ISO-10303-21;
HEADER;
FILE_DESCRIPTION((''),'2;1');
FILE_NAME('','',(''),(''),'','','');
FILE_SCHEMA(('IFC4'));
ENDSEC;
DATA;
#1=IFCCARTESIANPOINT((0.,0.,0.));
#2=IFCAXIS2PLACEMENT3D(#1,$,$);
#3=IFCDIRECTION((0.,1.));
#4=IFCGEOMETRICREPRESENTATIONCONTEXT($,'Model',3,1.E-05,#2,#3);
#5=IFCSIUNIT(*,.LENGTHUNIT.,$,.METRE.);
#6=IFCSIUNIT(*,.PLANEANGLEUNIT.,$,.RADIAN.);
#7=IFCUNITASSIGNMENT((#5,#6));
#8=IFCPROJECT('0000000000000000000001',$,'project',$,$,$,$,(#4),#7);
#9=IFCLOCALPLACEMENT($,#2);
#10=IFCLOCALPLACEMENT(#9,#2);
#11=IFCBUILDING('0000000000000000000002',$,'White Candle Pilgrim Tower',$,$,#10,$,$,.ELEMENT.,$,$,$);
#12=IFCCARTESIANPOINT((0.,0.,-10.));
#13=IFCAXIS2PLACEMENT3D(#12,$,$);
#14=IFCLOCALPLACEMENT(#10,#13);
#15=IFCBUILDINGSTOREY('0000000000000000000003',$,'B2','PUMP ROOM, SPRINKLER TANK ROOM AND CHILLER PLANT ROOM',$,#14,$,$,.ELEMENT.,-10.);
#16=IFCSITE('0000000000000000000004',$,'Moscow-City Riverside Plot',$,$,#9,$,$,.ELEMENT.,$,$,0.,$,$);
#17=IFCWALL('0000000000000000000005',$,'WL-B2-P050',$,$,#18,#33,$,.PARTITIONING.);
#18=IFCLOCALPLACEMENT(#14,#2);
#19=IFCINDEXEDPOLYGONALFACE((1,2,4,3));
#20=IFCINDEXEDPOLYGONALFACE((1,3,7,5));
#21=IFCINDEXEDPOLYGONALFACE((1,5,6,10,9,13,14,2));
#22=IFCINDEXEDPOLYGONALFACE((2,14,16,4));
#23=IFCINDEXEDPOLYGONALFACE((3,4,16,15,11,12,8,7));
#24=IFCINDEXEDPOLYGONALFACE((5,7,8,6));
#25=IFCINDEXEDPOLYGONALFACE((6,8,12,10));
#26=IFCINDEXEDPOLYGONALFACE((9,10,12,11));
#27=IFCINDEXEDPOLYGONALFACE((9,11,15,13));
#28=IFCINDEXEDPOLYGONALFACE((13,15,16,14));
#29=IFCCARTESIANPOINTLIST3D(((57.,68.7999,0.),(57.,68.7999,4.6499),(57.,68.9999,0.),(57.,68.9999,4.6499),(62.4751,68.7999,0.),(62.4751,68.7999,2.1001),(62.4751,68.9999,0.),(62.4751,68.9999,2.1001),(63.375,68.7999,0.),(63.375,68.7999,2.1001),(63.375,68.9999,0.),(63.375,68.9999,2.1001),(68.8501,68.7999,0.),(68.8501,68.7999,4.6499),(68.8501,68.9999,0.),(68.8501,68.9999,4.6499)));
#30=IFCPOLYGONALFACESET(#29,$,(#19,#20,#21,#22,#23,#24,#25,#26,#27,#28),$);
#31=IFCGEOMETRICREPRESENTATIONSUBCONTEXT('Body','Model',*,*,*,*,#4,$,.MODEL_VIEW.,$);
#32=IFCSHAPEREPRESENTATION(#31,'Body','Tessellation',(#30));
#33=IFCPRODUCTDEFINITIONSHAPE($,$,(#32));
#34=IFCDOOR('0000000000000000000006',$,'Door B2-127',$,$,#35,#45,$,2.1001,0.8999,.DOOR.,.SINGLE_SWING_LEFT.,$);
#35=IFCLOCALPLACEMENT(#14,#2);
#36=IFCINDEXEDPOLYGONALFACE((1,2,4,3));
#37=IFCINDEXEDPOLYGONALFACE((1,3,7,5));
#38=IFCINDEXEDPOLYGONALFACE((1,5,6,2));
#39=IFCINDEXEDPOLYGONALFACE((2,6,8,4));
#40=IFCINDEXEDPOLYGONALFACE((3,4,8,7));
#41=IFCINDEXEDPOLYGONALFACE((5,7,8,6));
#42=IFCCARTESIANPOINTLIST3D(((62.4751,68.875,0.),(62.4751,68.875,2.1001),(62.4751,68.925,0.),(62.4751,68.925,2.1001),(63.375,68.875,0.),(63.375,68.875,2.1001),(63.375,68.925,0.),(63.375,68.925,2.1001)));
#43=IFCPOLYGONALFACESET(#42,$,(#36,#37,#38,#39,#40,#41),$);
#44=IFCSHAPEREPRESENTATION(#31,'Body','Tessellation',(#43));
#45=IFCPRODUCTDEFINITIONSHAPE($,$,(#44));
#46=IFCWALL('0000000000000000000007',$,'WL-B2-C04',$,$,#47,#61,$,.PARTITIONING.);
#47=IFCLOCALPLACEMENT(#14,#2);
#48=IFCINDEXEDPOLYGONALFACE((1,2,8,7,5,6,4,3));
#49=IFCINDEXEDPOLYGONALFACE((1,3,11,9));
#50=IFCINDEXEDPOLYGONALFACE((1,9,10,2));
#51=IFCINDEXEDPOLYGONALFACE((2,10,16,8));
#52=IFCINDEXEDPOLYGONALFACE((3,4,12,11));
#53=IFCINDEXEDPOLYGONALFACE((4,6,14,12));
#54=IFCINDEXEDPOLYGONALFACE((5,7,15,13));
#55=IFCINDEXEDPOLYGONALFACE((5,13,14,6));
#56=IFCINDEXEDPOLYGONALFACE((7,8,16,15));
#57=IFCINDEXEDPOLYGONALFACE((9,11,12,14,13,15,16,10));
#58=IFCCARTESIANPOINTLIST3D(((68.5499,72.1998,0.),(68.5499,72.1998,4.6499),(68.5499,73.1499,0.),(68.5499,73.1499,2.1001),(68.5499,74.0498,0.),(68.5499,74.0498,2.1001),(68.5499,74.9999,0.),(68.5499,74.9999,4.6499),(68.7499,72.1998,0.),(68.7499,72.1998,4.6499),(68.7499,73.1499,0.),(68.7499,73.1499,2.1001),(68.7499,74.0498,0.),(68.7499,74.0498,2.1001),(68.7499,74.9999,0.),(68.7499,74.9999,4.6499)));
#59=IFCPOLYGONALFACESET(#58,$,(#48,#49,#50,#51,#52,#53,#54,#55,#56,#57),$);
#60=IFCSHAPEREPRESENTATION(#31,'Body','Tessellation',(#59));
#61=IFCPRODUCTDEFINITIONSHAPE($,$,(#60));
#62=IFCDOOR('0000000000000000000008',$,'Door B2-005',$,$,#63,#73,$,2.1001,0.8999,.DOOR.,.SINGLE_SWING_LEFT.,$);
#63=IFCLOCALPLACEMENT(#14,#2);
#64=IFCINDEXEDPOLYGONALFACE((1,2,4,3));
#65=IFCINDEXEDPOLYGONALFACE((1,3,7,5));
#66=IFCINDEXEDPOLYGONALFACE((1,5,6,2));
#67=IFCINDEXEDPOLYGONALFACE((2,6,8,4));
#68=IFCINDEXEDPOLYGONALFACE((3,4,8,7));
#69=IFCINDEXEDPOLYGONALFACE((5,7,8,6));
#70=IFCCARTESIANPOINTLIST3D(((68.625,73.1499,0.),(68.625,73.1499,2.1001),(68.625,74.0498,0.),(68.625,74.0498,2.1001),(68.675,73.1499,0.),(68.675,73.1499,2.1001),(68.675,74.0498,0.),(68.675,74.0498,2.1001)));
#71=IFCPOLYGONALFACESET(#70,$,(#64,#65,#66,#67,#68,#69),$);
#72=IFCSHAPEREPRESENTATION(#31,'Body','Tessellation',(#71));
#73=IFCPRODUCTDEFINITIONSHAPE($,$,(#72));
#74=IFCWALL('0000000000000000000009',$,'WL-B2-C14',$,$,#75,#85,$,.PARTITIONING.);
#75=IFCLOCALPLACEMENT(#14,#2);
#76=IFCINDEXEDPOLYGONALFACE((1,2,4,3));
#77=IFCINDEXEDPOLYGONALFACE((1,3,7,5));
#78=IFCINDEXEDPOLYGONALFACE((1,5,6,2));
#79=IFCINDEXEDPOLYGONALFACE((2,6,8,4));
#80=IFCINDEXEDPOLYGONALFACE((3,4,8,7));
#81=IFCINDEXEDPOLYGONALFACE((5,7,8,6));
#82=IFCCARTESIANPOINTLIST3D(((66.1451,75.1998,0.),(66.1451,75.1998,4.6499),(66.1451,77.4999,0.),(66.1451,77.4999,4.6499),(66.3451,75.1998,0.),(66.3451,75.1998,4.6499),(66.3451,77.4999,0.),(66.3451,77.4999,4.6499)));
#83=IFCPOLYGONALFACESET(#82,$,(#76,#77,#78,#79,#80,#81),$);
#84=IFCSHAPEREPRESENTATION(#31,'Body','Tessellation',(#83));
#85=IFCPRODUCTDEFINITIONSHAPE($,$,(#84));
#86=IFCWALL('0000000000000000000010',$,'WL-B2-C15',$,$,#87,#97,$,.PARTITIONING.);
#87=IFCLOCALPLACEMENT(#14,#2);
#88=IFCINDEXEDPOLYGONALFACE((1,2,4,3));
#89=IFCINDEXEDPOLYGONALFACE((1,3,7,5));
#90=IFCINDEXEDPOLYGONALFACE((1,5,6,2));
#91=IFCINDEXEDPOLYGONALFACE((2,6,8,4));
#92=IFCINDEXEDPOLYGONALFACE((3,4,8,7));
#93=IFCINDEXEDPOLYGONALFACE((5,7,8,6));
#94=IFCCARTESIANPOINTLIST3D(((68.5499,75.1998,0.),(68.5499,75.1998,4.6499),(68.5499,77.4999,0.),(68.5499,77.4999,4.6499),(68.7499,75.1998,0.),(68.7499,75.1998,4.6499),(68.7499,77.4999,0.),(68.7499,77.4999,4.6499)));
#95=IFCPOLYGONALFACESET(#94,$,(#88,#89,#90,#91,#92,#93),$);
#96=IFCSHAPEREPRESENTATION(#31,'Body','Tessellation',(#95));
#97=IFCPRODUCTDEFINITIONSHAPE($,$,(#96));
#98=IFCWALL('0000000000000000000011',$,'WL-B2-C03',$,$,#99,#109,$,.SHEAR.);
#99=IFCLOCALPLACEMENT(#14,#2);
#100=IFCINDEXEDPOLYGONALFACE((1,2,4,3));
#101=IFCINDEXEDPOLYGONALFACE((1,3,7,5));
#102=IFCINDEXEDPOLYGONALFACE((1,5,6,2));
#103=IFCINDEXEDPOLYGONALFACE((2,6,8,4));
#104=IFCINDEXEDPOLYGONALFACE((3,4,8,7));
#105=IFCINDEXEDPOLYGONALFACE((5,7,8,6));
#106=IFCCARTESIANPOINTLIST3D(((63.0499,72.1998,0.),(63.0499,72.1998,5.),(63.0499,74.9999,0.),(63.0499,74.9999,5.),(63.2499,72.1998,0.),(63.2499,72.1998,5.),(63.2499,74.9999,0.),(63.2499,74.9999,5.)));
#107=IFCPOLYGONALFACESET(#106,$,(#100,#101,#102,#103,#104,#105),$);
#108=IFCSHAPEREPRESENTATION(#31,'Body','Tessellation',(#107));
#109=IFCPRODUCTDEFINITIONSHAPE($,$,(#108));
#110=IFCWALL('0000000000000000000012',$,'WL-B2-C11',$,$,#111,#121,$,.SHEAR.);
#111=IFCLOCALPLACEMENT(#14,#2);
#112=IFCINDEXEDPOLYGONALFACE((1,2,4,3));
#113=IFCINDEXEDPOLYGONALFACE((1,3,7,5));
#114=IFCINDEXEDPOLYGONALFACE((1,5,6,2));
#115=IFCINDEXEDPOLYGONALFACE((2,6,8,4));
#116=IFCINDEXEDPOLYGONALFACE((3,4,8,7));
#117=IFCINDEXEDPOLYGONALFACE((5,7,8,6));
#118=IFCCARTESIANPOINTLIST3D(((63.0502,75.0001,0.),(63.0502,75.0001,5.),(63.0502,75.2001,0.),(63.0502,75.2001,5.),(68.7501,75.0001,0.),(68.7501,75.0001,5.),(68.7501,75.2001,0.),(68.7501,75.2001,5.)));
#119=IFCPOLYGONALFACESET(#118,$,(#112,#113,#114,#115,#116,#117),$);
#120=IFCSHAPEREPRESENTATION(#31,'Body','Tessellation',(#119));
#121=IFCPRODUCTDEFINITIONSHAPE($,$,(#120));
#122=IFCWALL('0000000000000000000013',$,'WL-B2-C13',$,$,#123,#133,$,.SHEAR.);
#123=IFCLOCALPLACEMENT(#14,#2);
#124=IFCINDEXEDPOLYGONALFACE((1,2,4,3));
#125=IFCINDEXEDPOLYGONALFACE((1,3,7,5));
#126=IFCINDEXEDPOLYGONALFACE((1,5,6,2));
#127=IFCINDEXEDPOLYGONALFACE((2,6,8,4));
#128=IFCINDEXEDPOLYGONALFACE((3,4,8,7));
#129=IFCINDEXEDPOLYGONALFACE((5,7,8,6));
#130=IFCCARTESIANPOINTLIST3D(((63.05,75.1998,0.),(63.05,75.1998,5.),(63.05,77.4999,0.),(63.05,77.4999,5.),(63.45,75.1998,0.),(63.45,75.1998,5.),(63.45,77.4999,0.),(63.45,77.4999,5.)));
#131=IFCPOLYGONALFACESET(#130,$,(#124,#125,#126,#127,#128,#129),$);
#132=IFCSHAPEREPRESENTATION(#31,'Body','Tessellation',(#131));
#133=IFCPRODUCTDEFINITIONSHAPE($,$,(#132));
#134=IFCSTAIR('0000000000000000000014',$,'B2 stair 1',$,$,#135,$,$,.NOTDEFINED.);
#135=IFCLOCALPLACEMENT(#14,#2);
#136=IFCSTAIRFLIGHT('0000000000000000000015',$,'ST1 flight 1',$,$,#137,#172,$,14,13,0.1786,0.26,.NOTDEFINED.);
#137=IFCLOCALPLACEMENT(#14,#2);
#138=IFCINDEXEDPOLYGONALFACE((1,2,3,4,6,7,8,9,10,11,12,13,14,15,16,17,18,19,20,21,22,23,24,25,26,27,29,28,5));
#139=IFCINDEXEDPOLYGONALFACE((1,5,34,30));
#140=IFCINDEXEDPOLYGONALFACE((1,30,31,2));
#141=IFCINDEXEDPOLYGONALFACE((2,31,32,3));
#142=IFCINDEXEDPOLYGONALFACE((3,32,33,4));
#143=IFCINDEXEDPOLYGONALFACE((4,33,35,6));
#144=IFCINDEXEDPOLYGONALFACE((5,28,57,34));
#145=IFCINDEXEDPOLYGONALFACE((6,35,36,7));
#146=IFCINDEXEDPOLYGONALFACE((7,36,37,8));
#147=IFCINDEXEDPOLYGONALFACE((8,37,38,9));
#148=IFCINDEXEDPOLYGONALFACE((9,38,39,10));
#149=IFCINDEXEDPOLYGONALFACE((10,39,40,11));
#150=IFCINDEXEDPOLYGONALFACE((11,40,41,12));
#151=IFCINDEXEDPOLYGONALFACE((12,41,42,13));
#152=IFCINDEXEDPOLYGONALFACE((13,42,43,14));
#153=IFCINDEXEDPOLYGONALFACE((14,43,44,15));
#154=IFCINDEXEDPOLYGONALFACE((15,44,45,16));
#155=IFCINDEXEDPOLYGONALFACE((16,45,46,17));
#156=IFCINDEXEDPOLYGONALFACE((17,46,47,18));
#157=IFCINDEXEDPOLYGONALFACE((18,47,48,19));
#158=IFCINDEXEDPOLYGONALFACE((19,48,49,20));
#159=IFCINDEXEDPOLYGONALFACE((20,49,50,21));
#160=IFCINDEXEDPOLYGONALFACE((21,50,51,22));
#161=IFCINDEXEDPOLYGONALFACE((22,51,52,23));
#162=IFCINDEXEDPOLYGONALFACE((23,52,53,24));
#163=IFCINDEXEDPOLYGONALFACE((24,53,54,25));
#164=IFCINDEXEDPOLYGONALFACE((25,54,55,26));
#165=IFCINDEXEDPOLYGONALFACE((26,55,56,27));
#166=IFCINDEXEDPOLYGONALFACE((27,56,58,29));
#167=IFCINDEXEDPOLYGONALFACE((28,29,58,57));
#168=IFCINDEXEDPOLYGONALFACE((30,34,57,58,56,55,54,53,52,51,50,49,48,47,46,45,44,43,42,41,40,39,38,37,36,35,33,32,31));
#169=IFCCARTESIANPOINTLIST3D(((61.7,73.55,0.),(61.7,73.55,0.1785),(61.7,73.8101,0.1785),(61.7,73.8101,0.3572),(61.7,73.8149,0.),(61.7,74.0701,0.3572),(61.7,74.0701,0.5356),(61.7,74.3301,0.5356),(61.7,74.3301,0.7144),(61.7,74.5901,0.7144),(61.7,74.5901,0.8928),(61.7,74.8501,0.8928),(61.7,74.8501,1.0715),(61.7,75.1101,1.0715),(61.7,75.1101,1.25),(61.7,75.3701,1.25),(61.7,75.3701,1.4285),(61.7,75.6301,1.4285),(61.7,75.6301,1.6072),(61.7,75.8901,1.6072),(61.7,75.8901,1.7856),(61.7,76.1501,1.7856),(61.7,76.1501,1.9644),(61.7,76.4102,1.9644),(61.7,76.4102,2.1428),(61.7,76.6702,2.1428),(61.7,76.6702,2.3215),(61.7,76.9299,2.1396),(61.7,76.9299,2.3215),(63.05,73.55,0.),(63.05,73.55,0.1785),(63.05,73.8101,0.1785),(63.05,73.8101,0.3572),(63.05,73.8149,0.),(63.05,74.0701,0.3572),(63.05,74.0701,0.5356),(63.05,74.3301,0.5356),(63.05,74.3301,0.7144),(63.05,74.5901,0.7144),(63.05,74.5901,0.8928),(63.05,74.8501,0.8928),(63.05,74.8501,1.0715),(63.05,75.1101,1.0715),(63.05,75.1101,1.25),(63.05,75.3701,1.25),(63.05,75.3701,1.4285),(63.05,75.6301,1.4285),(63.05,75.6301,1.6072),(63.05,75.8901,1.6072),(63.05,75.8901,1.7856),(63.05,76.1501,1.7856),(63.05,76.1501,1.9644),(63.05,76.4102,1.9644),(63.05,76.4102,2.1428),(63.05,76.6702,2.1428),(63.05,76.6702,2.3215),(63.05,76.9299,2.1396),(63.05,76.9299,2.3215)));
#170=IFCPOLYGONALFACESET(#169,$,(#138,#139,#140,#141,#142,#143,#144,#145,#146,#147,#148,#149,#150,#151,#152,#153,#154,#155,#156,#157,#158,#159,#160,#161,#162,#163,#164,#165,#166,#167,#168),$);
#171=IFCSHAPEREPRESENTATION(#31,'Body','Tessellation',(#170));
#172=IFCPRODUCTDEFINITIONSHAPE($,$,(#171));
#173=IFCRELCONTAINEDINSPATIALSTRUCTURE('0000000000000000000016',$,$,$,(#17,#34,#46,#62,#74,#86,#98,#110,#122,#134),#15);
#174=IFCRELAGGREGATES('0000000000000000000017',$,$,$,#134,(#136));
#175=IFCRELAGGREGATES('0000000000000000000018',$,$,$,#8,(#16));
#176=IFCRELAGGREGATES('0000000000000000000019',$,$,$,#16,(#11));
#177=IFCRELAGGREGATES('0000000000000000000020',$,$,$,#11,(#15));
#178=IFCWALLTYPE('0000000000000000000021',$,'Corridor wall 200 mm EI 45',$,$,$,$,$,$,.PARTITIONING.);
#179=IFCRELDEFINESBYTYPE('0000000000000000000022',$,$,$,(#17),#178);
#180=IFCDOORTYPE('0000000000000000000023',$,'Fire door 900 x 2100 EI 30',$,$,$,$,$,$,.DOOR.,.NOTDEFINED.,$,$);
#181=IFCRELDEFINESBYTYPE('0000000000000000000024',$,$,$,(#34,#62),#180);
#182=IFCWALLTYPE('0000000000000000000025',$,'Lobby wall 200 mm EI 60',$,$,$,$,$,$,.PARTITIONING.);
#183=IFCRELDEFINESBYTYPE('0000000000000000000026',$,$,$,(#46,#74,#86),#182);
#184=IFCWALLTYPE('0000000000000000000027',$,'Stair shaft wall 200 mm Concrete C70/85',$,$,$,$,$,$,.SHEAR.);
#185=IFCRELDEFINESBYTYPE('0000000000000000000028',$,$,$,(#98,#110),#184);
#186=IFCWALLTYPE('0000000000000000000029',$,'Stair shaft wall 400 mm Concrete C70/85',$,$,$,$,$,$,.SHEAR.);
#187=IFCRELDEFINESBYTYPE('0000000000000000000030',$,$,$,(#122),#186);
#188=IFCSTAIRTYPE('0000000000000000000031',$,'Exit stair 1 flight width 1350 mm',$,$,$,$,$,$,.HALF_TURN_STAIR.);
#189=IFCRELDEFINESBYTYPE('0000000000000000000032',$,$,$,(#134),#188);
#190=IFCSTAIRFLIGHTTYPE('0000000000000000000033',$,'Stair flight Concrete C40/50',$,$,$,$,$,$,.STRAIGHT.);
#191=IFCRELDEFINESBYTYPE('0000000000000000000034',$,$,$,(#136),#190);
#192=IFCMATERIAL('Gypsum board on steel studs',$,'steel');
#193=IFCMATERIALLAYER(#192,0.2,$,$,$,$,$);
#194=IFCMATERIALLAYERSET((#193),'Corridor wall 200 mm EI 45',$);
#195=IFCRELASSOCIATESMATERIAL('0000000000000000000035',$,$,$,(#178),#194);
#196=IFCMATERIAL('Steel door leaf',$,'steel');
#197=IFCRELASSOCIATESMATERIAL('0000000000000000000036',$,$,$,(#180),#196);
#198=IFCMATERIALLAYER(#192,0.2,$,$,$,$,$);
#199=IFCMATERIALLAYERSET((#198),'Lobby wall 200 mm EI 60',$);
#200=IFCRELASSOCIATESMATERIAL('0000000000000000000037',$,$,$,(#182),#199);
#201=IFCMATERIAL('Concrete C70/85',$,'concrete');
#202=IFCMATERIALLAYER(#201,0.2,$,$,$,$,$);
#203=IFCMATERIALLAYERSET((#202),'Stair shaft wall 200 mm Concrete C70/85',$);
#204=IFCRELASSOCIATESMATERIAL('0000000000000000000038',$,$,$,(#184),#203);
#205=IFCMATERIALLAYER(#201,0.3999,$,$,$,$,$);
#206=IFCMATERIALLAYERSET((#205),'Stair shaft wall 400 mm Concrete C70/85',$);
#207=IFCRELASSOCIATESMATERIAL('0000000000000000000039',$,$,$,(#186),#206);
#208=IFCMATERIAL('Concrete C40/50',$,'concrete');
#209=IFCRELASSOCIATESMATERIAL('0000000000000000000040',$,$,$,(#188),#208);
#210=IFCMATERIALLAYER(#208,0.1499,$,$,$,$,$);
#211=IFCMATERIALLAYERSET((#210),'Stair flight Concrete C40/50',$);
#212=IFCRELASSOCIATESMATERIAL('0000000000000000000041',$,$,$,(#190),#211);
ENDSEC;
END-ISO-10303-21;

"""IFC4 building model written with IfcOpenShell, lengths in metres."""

from ifc_helpers import new_model, si_unit, direction, frame, frame_2d, origin, place, context, subcontext, project, spatial, polyline, rectangle, outline, extrude, material, layer, layer_set, type_object, element, fill, aggregate, save


model = new_model("IFC4")

# Units and contexts
model_context = context("Model", 3, precision=1e-05, world=origin(), true_north=direction((0.0, 1.0)))
body_context = subcontext(model_context, "Body", "Model", "MODEL_VIEW")
ifc_project = project(units=[si_unit("LENGTHUNIT", "METRE"), si_unit("PLANEANGLEUNIT", "RADIAN")], contexts=[model_context])

# Site, building, storey
site_placement = place(None, origin())
site = spatial("IfcSite", under=ifc_project, at=site_placement, Name="Moscow-City Riverside Plot", CompositionType="ELEMENT", RefElevation=0.0)
building_placement = place(site_placement, origin())
building = spatial("IfcBuilding", under=site, at=building_placement, Name="White Candle Pilgrim Tower", CompositionType="ELEMENT")
storey_placement = place(building_placement, frame((0.0, 0.0, -10.0)))
storey = spatial("IfcBuildingStorey", under=building, at=storey_placement, Name="B2", Description="PUMP ROOM, SPRINKLER TANK ROOM AND CHILLER PLANT ROOM", CompositionType="ELEMENT", Elevation=-10.0)

# Shared definitions
ifc_material_1 = material(Name="Concrete C40/50", Category="concrete")

# Shared definitions
ifc_material_2 = material(Name="Gypsum board on steel studs", Category="steel")
ifc_layer_1 = layer(ifc_material_2, 0.2)
ifc_layer_set_1 = layer_set([ifc_layer_1], Name="Corridor wall 200 mm EI 45")
wall_type_1 = type_object("IfcWallType", Name="Corridor wall 200 mm EI 45", PredefinedType="PARTITIONING", material=ifc_layer_set_1)

# Walls, openings, doors
wall_1_placement = place(storey_placement, frame((68.8501, 68.8999, 0.0), z_axis=(0.0, 0.0, 1.0), x_axis=(-1.0, 0.0, 0.0)))
wall_1 = element("IfcWall", 1, at=wall_1_placement, inside=storey, type_object=wall_type_1, Name="WL-B2-P050", PredefinedType="PARTITIONING", context=body_context, shape_type="SweptSolid", body=[
    extrude(rectangle(XDim=11.8501, YDim=0.2, at=frame_2d((5.925, 0.0))), origin(), (0.0, 0.0, 1.0), 4.6499),
])
opening_1_placement = place(wall_1_placement, frame((5.4751, 0.0, 0.0)))
opening_1 = element("IfcOpeningElement", 2, at=opening_1_placement, cuts=wall_1, PredefinedType="OPENING", context=body_context, shape_type="SweptSolid", body=[
    extrude(rectangle(XDim=0.8999, YDim=2.1001, at=frame_2d((0.45, 1.05))), frame((0.0, 0.1099, 0.0), z_axis=(0.0, -1.0, 0.0), x_axis=(1.0, 0.0, 0.0)), (0.0, 0.0, 1.0), 0.22),
])
ifc_material_3 = material(Name="Steel door leaf", Category="steel")
door_type = type_object("IfcDoorType", Name="Fire door 900 x 2100 EI 30", OperationType="NOTDEFINED", PredefinedType="DOOR", material=ifc_material_3)
door_1_placement = place(opening_1_placement, origin())
door_1 = element("IfcDoor", 3, at=door_1_placement, inside=storey, type_object=door_type, Name="Door B2-127", OperationType="SINGLE_SWING_LEFT", OverallHeight=2.1001, OverallWidth=0.8999, PredefinedType="DOOR", context=body_context, shape_type="SweptSolid", body=[
    extrude(rectangle(XDim=0.8999, YDim=2.1001, at=frame_2d((0.45, 1.05))), frame((0.0, 0.0249, 0.0), z_axis=(0.0, -1.0, 0.0), x_axis=(1.0, 0.0, 0.0)), (0.0, 0.0, 1.0), 0.05),
])
fill(opening_1, door_1)
ifc_layer_2 = layer(ifc_material_2, 0.2)
ifc_layer_set_2 = layer_set([ifc_layer_2], Name="Lobby wall 200 mm EI 60")
wall_type_2 = type_object("IfcWallType", Name="Lobby wall 200 mm EI 60", PredefinedType="PARTITIONING", material=ifc_layer_set_2)
wall_2_placement = place(storey_placement, frame((68.6499, 72.2, 0.0), z_axis=(0.0, 0.0, 1.0), x_axis=(0.0, 1.0, 0.0)))
wall_2 = element("IfcWall", 4, at=wall_2_placement, inside=storey, type_object=wall_type_2, Name="WL-B2-C04", PredefinedType="PARTITIONING", context=body_context, shape_type="SweptSolid", body=[
    extrude(rectangle(XDim=2.8, YDim=0.2, at=frame_2d((1.3999, 0.0))), origin(), (0.0, 0.0, 1.0), 4.6499),
])
opening_2_placement = place(wall_2_placement, frame((0.95, 0.0, 0.0)))
opening_2 = element("IfcOpeningElement", 5, at=opening_2_placement, cuts=wall_2, PredefinedType="OPENING", context=body_context, shape_type="SweptSolid", body=[
    extrude(rectangle(XDim=0.8999, YDim=2.1001, at=frame_2d((0.45, 1.05))), frame((0.0, 0.1099, 0.0), z_axis=(0.0, -1.0, 0.0), x_axis=(1.0, 0.0, 0.0)), (0.0, 0.0, 1.0), 0.22),
])
door_2_placement = place(opening_2_placement, origin())
door_2 = element("IfcDoor", 6, at=door_2_placement, inside=storey, type_object=door_type, Name="Door B2-005", OperationType="SINGLE_SWING_LEFT", OverallHeight=2.1001, OverallWidth=0.8999, PredefinedType="DOOR", context=body_context, shape_type="SweptSolid", body=[
    extrude(rectangle(XDim=0.8999, YDim=2.1001, at=frame_2d((0.45, 1.05))), frame((0.0, 0.0249, 0.0), z_axis=(0.0, -1.0, 0.0), x_axis=(1.0, 0.0, 0.0)), (0.0, 0.0, 1.0), 0.05),
])
fill(opening_2, door_2)

# Walls
for number, where, z_axis, x_axis, name in (
    (7, (66.2451, 75.2, 0.0), (0.0, 0.0, 1.0), (0.0, 1.0, 0.0), "WL-B2-C14"),
    (8, (68.6499, 75.2, 0.0), (0.0, 0.0, 1.0), (0.0, 1.0, 0.0), "WL-B2-C15"),
):
    element("IfcWall", number, at=place(storey_placement, frame(where, z_axis=z_axis, x_axis=x_axis)), inside=storey, type_object=wall_type_2, Name=name, PredefinedType="PARTITIONING", context=body_context, shape_type="SweptSolid", body=[
        extrude(rectangle(XDim=2.3, YDim=0.2, at=frame_2d((1.1499, 0.0))), origin(), (0.0, 0.0, 1.0), 4.6499),
    ])
ifc_material_4 = material(Name="Concrete C70/85", Category="concrete")
ifc_layer_3 = layer(ifc_material_4, 0.2)
ifc_layer_set_3 = layer_set([ifc_layer_3], Name="Stair shaft wall 200 mm Concrete C70/85")
wall_type_3 = type_object("IfcWallType", Name="Stair shaft wall 200 mm Concrete C70/85", PredefinedType="SHEAR", material=ifc_layer_set_3)
wall_3_placement = place(storey_placement, frame((63.1499, 72.2, 0.0), z_axis=(0.0, 0.0, 1.0), x_axis=(0.0, 1.0, 0.0)))
element("IfcWall", 9, at=wall_3_placement, inside=storey, type_object=wall_type_3, Name="WL-B2-C03", PredefinedType="SHEAR", context=body_context, shape_type="SweptSolid", body=[
    extrude(rectangle(XDim=2.8, YDim=0.2, at=frame_2d((1.3999, 0.0))), origin(), (0.0, 0.0, 1.0), 5.0),
])
wall_4_placement = place(storey_placement, frame((63.05, 75.1001, 0.0), z_axis=(0.0, 0.0, 1.0), x_axis=(1.0, 0.0, 0.0)))
element("IfcWall", 10, at=wall_4_placement, inside=storey, type_object=wall_type_3, Name="WL-B2-C11", PredefinedType="SHEAR", context=body_context, shape_type="SweptSolid", body=[
    extrude(rectangle(XDim=5.7, YDim=0.2, at=frame_2d((2.8501, 0.0))), origin(), (0.0, 0.0, 1.0), 5.0),
])
ifc_layer_4 = layer(ifc_material_4, 0.3999)
ifc_layer_set_4 = layer_set([ifc_layer_4], Name="Stair shaft wall 400 mm Concrete C70/85")
wall_type_4 = type_object("IfcWallType", Name="Stair shaft wall 400 mm Concrete C70/85", PredefinedType="SHEAR", material=ifc_layer_set_4)
wall_5_placement = place(storey_placement, frame((63.25, 75.2, 0.0), z_axis=(0.0, 0.0, 1.0), x_axis=(0.0, 1.0, 0.0)))
element("IfcWall", 11, at=wall_5_placement, inside=storey, type_object=wall_type_4, Name="WL-B2-C13", PredefinedType="SHEAR", context=body_context, shape_type="SweptSolid", body=[
    extrude(rectangle(XDim=2.3, YDim=0.3999, at=frame_2d((1.1499, 0.0))), origin(), (0.0, 0.0, 1.0), 5.0),
])

# Stair, stair flight
stair_type = type_object("IfcStairType", Name="Exit stair 1 flight width 1350 mm", PredefinedType="HALF_TURN_STAIR", material=ifc_material_1)
stair_placement = place(storey_placement, origin())
stair = element("IfcStair", 12, at=stair_placement, inside=storey, type_object=stair_type, Name="B2 stair 1", PredefinedType="NOTDEFINED")
ifc_layer_5 = layer(ifc_material_1, 0.1499)
ifc_layer_set_5 = layer_set([ifc_layer_5], Name="Stair flight Concrete C40/50")
stair_flight_type = type_object("IfcStairFlightType", Name="Stair flight Concrete C40/50", PredefinedType="STRAIGHT", material=ifc_layer_set_5)
stair_flight_placement = place(storey_placement, frame((62.375, 73.55, 0.0), z_axis=(0.0, 0.0, 1.0), x_axis=(0.0, 1.0, 0.0)))
stair_flight = element("IfcStairFlight", 13, at=stair_flight_placement, type_object=stair_flight_type, Name="ST1 flight 1", NumberOfRisers=14, NumberOfTreads=13, PredefinedType="NOTDEFINED", RiserHeight=0.1786, TreadLength=0.26, context=body_context, shape_type="SweptSolid", body=[
    extrude(outline(polyline([(0.0, 0.0), (0.0, 0.1785), (0.26, 0.1785), (0.26, 0.3572), (0.52, 0.3572), (0.52, 0.5356), (0.78, 0.5356), (0.78, 0.7144), (1.04, 0.7144), (1.04, 0.8928), (1.3, 0.8928), (1.3, 1.0715), (1.5601, 1.0715), (1.5601, 1.25), (1.8201, 1.25), (1.8201, 1.4285), (2.0801, 1.4285), (2.0801, 1.6072), (2.3401, 1.6072), (2.3401, 1.7856), (2.6001, 1.7856), (2.6001, 1.9644), (2.8601, 1.9644), (2.8601, 2.1428), (3.1201, 2.1428), (3.1201, 2.3215), (3.3799, 2.3215), (3.3799, 2.5), (3.3799, 2.1396), (0.2649, 0.0), (0.0, 0.0)])), frame((0.0, 0.675, 0.0), z_axis=(0.0, -1.0, 0.0), x_axis=(1.0, 0.0, 0.0)), (0.0, 0.0, 1.0), 1.3501),
])
aggregate(stair, [stair_flight])

save(model, "model.ifc")
